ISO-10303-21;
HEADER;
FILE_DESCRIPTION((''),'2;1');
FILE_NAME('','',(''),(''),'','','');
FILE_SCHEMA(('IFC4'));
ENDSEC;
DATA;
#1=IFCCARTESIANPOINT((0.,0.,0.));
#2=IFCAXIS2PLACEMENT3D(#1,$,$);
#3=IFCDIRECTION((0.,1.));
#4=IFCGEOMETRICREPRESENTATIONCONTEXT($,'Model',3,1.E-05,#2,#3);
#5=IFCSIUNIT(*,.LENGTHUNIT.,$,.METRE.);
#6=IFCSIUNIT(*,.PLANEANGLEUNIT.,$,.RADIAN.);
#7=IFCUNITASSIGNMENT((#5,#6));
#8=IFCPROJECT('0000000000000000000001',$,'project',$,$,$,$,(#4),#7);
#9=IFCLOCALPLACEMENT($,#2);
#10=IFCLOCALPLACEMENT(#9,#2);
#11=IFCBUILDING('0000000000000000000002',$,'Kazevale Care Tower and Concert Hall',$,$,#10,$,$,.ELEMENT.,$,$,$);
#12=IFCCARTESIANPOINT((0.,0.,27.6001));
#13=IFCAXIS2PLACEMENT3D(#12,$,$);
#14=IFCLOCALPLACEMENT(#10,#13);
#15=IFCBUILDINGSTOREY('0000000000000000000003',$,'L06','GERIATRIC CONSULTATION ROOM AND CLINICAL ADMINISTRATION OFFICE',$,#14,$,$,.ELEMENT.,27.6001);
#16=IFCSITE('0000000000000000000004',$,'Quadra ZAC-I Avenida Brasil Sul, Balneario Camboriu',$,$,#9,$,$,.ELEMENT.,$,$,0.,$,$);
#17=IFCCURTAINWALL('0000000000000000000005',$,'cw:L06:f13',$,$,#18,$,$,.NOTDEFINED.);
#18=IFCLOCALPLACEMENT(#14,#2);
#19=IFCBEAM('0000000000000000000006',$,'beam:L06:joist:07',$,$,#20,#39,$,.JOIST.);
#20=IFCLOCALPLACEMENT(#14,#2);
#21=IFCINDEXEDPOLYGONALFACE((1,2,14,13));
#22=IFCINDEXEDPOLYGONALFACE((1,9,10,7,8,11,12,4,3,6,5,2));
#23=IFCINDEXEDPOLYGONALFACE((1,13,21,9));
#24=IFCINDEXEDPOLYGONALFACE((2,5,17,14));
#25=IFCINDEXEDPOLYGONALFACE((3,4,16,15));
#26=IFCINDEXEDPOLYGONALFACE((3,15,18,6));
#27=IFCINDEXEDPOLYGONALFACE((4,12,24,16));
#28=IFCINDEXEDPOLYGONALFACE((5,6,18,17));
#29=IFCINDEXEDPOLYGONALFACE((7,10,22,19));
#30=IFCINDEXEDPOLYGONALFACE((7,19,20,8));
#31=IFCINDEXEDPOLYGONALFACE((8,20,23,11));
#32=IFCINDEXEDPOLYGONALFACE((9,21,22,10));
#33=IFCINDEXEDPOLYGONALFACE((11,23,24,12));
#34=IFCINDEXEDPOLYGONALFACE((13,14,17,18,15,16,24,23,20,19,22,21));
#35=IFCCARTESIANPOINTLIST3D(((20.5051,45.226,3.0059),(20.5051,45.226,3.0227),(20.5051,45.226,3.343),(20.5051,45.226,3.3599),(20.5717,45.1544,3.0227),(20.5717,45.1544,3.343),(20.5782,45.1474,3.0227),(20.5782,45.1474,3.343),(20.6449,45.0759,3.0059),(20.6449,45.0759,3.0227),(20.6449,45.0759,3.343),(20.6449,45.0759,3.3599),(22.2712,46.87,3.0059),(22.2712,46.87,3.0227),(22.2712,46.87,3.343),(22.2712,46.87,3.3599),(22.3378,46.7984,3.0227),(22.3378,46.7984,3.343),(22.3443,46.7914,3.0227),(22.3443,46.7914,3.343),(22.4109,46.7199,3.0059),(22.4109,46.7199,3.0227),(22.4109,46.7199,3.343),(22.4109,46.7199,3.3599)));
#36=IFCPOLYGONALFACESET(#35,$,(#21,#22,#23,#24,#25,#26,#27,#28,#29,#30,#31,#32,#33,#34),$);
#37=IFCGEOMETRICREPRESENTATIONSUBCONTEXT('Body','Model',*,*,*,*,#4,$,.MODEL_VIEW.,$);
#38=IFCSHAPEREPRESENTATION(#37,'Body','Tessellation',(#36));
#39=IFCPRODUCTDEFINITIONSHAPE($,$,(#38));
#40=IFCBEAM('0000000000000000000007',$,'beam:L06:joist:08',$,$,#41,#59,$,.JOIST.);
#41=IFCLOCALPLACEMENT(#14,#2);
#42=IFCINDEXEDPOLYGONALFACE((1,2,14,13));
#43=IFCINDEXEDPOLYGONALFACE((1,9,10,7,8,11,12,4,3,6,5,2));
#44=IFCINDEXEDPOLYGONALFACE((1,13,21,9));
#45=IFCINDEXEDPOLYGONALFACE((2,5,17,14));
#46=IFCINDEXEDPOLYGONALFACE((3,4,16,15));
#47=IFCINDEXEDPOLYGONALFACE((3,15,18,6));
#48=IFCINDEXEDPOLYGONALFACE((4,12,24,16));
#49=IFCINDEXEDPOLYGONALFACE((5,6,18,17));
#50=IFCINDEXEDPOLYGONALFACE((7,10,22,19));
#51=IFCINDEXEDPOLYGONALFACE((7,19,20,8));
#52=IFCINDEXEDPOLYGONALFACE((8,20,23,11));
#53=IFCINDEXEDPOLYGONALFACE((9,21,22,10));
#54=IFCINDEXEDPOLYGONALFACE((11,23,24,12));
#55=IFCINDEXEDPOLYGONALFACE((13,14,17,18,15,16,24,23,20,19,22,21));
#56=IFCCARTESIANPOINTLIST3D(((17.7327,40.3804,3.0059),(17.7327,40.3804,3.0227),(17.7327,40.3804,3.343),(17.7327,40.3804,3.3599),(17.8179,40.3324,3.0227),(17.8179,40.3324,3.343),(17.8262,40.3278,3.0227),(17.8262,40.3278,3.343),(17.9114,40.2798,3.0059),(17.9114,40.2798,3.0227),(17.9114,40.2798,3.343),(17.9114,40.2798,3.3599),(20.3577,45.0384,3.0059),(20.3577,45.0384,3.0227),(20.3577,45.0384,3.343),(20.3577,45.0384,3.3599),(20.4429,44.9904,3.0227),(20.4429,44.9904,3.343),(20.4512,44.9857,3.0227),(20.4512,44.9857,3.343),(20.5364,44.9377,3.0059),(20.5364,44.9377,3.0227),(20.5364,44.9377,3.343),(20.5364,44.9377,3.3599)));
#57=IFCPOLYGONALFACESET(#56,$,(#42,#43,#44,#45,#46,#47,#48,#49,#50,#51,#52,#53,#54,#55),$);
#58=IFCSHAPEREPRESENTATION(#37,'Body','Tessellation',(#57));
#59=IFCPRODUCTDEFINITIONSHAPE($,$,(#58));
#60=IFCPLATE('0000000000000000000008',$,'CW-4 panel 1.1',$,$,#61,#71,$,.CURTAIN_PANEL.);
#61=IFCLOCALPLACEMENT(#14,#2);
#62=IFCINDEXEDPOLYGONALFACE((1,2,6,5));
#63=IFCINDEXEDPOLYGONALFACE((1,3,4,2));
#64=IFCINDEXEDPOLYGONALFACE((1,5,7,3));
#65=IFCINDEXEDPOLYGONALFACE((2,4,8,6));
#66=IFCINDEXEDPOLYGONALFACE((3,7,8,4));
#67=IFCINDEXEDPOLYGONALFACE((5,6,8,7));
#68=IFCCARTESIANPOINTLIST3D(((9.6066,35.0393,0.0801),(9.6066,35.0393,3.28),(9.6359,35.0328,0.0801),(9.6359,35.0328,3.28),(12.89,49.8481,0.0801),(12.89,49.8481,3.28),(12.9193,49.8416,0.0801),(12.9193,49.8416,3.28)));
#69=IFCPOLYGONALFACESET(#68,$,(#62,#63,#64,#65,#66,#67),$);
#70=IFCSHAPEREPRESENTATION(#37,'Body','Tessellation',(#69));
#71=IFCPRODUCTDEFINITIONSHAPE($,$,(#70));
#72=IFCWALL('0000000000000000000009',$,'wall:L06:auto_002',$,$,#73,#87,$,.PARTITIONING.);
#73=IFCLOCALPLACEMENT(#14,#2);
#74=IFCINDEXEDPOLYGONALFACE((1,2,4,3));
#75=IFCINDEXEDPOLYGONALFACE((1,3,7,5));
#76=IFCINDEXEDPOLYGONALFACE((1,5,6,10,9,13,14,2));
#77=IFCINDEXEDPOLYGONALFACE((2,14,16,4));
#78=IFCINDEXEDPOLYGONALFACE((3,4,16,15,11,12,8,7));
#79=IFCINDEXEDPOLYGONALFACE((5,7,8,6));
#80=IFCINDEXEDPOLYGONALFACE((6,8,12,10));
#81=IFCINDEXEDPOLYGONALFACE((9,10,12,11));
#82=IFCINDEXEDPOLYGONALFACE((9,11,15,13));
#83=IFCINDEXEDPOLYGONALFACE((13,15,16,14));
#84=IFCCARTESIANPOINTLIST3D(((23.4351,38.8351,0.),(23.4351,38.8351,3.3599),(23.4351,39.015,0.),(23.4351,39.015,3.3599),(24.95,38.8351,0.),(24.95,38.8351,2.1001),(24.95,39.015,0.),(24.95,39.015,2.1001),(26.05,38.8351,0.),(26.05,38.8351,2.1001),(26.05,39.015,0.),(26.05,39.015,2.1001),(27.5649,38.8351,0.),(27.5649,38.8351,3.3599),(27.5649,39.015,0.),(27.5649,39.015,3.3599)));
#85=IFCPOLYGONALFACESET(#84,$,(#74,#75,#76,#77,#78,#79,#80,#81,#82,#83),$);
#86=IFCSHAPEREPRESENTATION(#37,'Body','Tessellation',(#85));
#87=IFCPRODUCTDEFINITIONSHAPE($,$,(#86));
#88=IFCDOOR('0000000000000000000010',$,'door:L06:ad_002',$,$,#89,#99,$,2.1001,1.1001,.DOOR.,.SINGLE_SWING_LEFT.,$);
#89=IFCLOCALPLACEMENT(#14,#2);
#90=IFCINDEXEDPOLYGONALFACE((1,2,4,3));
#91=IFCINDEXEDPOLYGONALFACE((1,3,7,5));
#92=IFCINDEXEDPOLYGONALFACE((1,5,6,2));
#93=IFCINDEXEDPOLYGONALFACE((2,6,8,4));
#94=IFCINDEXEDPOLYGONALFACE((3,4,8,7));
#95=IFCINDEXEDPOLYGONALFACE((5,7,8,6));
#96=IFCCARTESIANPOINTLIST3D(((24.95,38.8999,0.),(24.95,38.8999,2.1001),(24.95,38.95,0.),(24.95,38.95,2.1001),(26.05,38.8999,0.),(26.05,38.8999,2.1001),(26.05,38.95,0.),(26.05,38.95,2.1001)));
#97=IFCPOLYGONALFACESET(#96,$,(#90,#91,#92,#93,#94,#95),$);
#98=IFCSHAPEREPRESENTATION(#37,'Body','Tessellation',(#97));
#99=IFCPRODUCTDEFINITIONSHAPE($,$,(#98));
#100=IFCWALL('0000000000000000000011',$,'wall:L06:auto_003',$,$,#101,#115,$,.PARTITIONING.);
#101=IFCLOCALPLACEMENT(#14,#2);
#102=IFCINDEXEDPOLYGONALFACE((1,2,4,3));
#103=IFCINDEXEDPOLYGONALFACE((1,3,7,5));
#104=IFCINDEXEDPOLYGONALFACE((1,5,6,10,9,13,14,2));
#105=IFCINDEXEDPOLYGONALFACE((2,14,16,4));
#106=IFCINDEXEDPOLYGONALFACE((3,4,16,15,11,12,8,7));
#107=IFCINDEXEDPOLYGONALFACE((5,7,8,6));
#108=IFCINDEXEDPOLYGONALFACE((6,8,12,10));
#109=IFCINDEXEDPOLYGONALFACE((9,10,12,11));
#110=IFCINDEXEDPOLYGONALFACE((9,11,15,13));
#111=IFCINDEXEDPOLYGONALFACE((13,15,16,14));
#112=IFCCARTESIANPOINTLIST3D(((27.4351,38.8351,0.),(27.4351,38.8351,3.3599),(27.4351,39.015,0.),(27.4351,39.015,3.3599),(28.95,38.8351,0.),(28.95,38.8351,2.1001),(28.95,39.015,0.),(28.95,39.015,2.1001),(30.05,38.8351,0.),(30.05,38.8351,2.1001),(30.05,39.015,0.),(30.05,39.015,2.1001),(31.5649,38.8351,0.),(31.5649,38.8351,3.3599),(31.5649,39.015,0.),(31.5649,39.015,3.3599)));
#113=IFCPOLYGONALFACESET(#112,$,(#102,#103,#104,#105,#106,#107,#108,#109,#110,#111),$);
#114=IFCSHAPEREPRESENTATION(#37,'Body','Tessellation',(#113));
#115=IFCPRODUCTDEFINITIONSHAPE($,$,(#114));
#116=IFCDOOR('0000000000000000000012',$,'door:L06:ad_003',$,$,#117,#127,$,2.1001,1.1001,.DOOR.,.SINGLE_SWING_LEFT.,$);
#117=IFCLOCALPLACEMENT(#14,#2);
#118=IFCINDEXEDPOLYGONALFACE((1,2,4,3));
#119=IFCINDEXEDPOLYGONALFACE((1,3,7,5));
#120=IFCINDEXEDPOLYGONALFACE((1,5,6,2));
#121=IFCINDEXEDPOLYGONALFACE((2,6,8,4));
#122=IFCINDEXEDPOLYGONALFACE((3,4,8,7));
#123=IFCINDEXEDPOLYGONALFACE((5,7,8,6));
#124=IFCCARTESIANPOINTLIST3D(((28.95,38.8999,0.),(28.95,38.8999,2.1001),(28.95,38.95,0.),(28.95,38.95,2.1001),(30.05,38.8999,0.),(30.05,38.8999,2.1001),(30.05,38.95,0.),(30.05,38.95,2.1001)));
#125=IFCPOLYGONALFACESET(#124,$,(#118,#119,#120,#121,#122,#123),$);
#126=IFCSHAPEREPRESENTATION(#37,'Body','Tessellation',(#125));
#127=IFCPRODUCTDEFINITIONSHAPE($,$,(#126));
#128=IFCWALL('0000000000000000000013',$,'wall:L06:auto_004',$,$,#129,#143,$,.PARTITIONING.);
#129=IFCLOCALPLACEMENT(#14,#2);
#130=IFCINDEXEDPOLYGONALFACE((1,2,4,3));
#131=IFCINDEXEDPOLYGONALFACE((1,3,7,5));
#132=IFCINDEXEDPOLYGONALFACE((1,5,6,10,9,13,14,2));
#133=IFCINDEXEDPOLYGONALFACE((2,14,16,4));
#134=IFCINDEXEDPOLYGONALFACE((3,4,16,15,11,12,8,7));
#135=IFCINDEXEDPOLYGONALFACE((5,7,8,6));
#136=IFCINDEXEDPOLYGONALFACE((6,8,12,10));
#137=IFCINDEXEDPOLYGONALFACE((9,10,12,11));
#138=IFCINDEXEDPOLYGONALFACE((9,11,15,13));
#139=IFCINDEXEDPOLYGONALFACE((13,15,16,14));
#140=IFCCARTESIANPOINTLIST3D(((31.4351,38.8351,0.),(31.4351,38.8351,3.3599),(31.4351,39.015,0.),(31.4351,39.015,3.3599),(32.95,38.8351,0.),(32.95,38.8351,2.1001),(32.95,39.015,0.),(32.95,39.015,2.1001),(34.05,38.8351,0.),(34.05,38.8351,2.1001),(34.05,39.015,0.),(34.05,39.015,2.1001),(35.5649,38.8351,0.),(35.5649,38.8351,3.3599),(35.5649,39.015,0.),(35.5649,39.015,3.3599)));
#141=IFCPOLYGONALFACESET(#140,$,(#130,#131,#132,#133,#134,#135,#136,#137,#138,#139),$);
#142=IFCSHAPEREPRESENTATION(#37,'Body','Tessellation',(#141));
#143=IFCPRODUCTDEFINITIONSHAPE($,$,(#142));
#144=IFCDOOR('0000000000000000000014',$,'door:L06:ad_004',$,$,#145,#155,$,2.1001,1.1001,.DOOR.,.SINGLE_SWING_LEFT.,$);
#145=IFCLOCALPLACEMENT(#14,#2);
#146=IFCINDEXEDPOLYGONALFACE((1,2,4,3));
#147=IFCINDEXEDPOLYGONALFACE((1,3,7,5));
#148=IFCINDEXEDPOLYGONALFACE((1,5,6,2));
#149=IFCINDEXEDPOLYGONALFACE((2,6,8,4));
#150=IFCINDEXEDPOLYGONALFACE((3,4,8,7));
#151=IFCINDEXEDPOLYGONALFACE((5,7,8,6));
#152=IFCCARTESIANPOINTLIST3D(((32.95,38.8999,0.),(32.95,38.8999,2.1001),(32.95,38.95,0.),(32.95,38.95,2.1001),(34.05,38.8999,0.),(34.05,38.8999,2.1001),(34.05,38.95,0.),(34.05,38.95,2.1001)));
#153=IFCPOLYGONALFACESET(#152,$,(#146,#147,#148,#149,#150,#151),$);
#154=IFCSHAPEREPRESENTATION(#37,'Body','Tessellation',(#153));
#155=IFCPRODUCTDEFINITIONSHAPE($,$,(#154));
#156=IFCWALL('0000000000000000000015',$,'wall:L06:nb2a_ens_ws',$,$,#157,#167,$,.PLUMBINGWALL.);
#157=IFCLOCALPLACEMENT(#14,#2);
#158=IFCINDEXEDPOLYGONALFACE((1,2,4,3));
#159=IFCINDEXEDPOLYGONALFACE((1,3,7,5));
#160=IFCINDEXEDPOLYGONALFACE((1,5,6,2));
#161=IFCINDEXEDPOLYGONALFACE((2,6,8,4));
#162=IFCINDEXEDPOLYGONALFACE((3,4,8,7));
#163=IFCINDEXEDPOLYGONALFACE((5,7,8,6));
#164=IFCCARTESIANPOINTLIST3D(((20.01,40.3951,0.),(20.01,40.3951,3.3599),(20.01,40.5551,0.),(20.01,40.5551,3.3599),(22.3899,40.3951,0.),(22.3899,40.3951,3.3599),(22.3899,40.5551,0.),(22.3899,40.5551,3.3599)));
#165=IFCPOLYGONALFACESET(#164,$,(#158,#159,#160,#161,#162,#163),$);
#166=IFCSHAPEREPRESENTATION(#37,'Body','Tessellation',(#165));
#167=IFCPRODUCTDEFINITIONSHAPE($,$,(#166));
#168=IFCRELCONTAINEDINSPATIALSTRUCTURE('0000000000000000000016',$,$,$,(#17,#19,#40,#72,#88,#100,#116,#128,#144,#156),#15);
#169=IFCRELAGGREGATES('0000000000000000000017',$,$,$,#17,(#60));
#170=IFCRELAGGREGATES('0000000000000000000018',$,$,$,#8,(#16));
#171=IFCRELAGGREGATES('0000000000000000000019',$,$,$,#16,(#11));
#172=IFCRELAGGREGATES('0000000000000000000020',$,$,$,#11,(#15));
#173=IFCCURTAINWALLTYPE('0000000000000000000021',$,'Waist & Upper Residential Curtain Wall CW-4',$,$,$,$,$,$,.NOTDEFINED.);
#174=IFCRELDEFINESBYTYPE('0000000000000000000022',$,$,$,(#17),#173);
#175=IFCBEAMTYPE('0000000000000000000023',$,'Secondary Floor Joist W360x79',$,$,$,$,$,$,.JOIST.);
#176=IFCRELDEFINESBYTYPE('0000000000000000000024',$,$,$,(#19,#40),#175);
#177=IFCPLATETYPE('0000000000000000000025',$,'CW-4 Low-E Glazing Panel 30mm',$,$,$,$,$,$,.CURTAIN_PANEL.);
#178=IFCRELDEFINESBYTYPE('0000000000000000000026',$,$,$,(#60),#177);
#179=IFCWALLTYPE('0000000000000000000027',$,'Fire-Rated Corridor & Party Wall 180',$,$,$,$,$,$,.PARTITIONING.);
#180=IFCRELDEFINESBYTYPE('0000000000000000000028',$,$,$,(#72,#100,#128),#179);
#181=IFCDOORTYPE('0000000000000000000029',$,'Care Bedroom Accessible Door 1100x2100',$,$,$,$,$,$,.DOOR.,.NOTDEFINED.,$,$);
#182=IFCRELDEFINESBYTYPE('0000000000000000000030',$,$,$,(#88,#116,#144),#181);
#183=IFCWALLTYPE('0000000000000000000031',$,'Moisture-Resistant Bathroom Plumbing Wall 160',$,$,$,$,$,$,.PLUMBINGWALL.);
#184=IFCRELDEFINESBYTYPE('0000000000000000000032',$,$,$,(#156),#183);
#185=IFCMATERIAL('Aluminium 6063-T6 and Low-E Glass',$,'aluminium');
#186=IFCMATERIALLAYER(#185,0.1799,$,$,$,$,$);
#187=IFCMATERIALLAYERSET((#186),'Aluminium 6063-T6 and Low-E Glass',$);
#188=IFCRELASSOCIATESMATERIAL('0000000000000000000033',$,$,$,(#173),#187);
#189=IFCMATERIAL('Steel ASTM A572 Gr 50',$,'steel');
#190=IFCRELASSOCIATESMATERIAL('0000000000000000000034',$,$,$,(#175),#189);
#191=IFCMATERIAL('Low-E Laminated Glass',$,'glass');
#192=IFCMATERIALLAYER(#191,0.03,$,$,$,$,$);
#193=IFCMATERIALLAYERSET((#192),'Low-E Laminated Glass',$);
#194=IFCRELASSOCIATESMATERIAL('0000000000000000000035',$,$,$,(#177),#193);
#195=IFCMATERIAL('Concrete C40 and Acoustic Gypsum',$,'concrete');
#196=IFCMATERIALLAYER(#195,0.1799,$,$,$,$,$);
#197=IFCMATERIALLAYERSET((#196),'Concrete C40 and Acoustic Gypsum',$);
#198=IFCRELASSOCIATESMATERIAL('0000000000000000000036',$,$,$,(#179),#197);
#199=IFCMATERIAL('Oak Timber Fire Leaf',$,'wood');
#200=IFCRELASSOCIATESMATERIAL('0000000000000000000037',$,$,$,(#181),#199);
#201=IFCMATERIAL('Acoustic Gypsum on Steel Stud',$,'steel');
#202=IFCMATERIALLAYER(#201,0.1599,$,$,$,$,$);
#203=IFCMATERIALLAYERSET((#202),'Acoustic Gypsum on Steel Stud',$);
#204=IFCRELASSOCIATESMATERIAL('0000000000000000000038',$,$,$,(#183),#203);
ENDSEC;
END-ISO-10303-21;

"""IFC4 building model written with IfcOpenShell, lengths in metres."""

from ifc_helpers import new_model, si_unit, direction, frame, frame_2d, origin, origin_2d, place, context, subcontext, project, spatial, rectangle, i_section, extrude, material, layer, layer_set, material_profile, profile_set, type_object, element, fill, aggregate, save


model = new_model("IFC4")

# Units and contexts
model_context = context("Model", 3, precision=1e-05, world=origin(), true_north=direction((0.0, 1.0)))
body_context = subcontext(model_context, "Body", "Model", "MODEL_VIEW")
ifc_project = project(units=[si_unit("LENGTHUNIT", "METRE"), si_unit("PLANEANGLEUNIT", "RADIAN")], contexts=[model_context])

# Site, building, storey
site_placement = place(None, origin())
site = spatial("IfcSite", under=ifc_project, at=site_placement, Name="Quadra ZAC-I Avenida Brasil Sul, Balneario Camboriu", CompositionType="ELEMENT", RefElevation=0.0)
building_placement = place(site_placement, origin())
building = spatial("IfcBuilding", under=site, at=building_placement, Name="Kazevale Care Tower and Concert Hall", CompositionType="ELEMENT")
storey_placement = place(building_placement, frame((0.0, 0.0, 27.6001)))
storey = spatial("IfcBuildingStorey", under=building, at=storey_placement, Name="L06", Description="GERIATRIC CONSULTATION ROOM AND CLINICAL ADMINISTRATION OFFICE", CompositionType="ELEMENT", Elevation=27.6001)

# Shared definitions
ifc_material_1 = material(Name="Aluminium 6063-T6 and Low-E Glass", Category="aluminium")

# Curtain wall
ifc_layer_1 = layer(ifc_material_1, 0.1799)
ifc_layer_set_1 = layer_set([ifc_layer_1], Name="Aluminium 6063-T6 and Low-E Glass")
curtain_wall_type_1 = type_object("IfcCurtainWallType", Name="Waist & Upper Residential Curtain Wall CW-4", PredefinedType="NOTDEFINED", material=ifc_layer_set_1)
curtain_wall_1_placement = place(storey_placement, origin())
curtain_wall_1 = element("IfcCurtainWall", 1, at=curtain_wall_1_placement, inside=storey, type_object=curtain_wall_type_1, Name="cw:L06:f13", PredefinedType="NOTDEFINED")

# Beams
ifc_material_2 = material(Name="Steel ASTM A572 Gr 50", Category="steel")
ifc_material_profile_1 = material_profile(ifc_material_2, i_section(OverallWidth=0.2051, OverallDepth=0.354, WebThickness=0.0095, FlangeThickness=0.0168, at=origin_2d()), Name="W360x79")
ifc_profile_set_1 = profile_set([ifc_material_profile_1], Name="Steel ASTM A572 Gr 50")
beam_type_1 = type_object("IfcBeamType", Name="Secondary Floor Joist W360x79", PredefinedType="JOIST", material=ifc_profile_set_1)
beam_1_placement = place(storey_placement, frame((22.3411, 46.7949, 3.1829), z_axis=(-0.73195, -0.681359, 0.0), x_axis=(0.681359, -0.73195, 0.0)))
element("IfcBeam", 2, at=beam_1_placement, inside=storey, type_object=beam_type_1, Name="beam:L06:joist:07", PredefinedType="JOIST", context=body_context, shape_type="SweptSolid", body=[
    extrude(i_section(OverallWidth=0.2051, OverallDepth=0.354, WebThickness=0.0095, FlangeThickness=0.0168, at=origin_2d()), origin(), (0.0, 0.0, 1.0), 2.4128),
])
beam_2_placement = place(storey_placement, frame((20.447, 44.988, 3.1829), z_axis=(-0.490957, -0.871184, 0.0), x_axis=(0.871184, -0.490957, 0.0)))
element("IfcBeam", 3, at=beam_2_placement, inside=storey, type_object=beam_type_1, Name="beam:L06:joist:08", PredefinedType="JOIST", context=body_context, shape_type="SweptSolid", body=[
    extrude(i_section(OverallWidth=0.2051, OverallDepth=0.354, WebThickness=0.0095, FlangeThickness=0.0168, at=origin_2d()), origin(), (0.0, 0.0, 1.0), 5.3467),
])

# Plate
ifc_material_3 = material(Name="Low-E Laminated Glass", Category="glass")
ifc_layer_2 = layer(ifc_material_3, 0.03)
ifc_layer_set_2 = layer_set([ifc_layer_2], Name="Low-E Laminated Glass")
plate_type = type_object("IfcPlateType", Name="CW-4 Low-E Glazing Panel 30mm", PredefinedType="CURTAIN_PANEL", material=ifc_layer_set_2)
plate_placement = place(storey_placement, frame((11.2629, 42.4404, 0.0801), z_axis=(0.0, 0.0, 1.0), x_axis=(0.216461, 0.976291, 0.0)))
plate = element("IfcPlate", 4, at=plate_placement, type_object=plate_type, Name="CW-4 panel 1.1", PredefinedType="CURTAIN_PANEL", context=body_context, shape_type="SweptSolid", body=[
    extrude(rectangle(XDim=15.1685, YDim=0.03, at=origin_2d()), origin(), (0.0, 0.0, 1.0), 3.2),
])
aggregate(curtain_wall_1, [plate])

# Walls, openings, doors
ifc_material_4 = material(Name="Concrete C40 and Acoustic Gypsum", Category="concrete")
ifc_layer_3 = layer(ifc_material_4, 0.1799)
ifc_layer_set_3 = layer_set([ifc_layer_3], Name="Concrete C40 and Acoustic Gypsum")
wall_type_1 = type_object("IfcWallType", Name="Fire-Rated Corridor & Party Wall 180", PredefinedType="PARTITIONING", material=ifc_layer_set_3)
wall_1_placement = place(storey_placement, frame((23.4351, 38.925, 0.0), z_axis=(0.0, 0.0, 1.0), x_axis=(1.0, 0.0, 0.0)))
wall_1 = element("IfcWall", 5, at=wall_1_placement, inside=storey, type_object=wall_type_1, Name="wall:L06:auto_002", PredefinedType="PARTITIONING", context=body_context, shape_type="SweptSolid", body=[
    extrude(rectangle(XDim=4.1299, YDim=0.1799, at=frame_2d((2.0649, 0.0))), origin(), (0.0, 0.0, 1.0), 3.3599),
])
opening_1_placement = place(wall_1_placement, frame((1.5149, 0.0, 0.0)))
opening_1 = element("IfcOpeningElement", 6, at=opening_1_placement, cuts=wall_1, PredefinedType="OPENING", context=body_context, shape_type="SweptSolid", body=[
    extrude(rectangle(XDim=1.1001, YDim=2.1001, at=frame_2d((0.55, 1.05))), frame((0.0, 0.0999, 0.0), z_axis=(0.0, -1.0, 0.0), x_axis=(1.0, 0.0, 0.0)), (0.0, 0.0, 1.0), 0.2),
])
ifc_material_5 = material(Name="Oak Timber Fire Leaf", Category="wood")
door_type_1 = type_object("IfcDoorType", Name="Care Bedroom Accessible Door 1100x2100", OperationType="NOTDEFINED", PredefinedType="DOOR", material=ifc_material_5)
door_1_placement = place(opening_1_placement, origin())
door_1 = element("IfcDoor", 7, at=door_1_placement, inside=storey, type_object=door_type_1, Name="door:L06:ad_002", OperationType="SINGLE_SWING_LEFT", OverallHeight=2.1001, OverallWidth=1.1001, PredefinedType="DOOR", context=body_context, shape_type="SweptSolid", body=[
    extrude(rectangle(XDim=1.1001, YDim=2.1001, at=frame_2d((0.55, 1.05))), frame((0.0, 0.0249, 0.0), z_axis=(0.0, -1.0, 0.0), x_axis=(1.0, 0.0, 0.0)), (0.0, 0.0, 1.0), 0.05),
])
fill(opening_1, door_1)
wall_2_placement = place(storey_placement, frame((27.4351, 38.925, 0.0), z_axis=(0.0, 0.0, 1.0), x_axis=(1.0, 0.0, 0.0)))
wall_2 = element("IfcWall", 8, at=wall_2_placement, inside=storey, type_object=wall_type_1, Name="wall:L06:auto_003", PredefinedType="PARTITIONING", context=body_context, shape_type="SweptSolid", body=[
    extrude(rectangle(XDim=4.1299, YDim=0.1799, at=frame_2d((2.0649, 0.0))), origin(), (0.0, 0.0, 1.0), 3.3599),
])
opening_2_placement = place(wall_2_placement, frame((1.5149, 0.0, 0.0)))
opening_2 = element("IfcOpeningElement", 9, at=opening_2_placement, cuts=wall_2, PredefinedType="OPENING", context=body_context, shape_type="SweptSolid", body=[
    extrude(rectangle(XDim=1.1001, YDim=2.1001, at=frame_2d((0.55, 1.05))), frame((0.0, 0.0999, 0.0), z_axis=(0.0, -1.0, 0.0), x_axis=(1.0, 0.0, 0.0)), (0.0, 0.0, 1.0), 0.2),
])
door_2_placement = place(opening_2_placement, origin())
door_2 = element("IfcDoor", 10, at=door_2_placement, inside=storey, type_object=door_type_1, Name="door:L06:ad_003", OperationType="SINGLE_SWING_LEFT", OverallHeight=2.1001, OverallWidth=1.1001, PredefinedType="DOOR", context=body_context, shape_type="SweptSolid", body=[
    extrude(rectangle(XDim=1.1001, YDim=2.1001, at=frame_2d((0.55, 1.05))), frame((0.0, 0.0249, 0.0), z_axis=(0.0, -1.0, 0.0), x_axis=(1.0, 0.0, 0.0)), (0.0, 0.0, 1.0), 0.05),
])
fill(opening_2, door_2)
wall_3_placement = place(storey_placement, frame((31.4351, 38.925, 0.0), z_axis=(0.0, 0.0, 1.0), x_axis=(1.0, 0.0, 0.0)))
wall_3 = element("IfcWall", 11, at=wall_3_placement, inside=storey, type_object=wall_type_1, Name="wall:L06:auto_004", PredefinedType="PARTITIONING", context=body_context, shape_type="SweptSolid", body=[
    extrude(rectangle(XDim=4.1299, YDim=0.1799, at=frame_2d((2.0649, 0.0))), origin(), (0.0, 0.0, 1.0), 3.3599),
])
opening_3_placement = place(wall_3_placement, frame((1.5149, 0.0, 0.0)))
opening_3 = element("IfcOpeningElement", 12, at=opening_3_placement, cuts=wall_3, PredefinedType="OPENING", context=body_context, shape_type="SweptSolid", body=[
    extrude(rectangle(XDim=1.1001, YDim=2.1001, at=frame_2d((0.55, 1.05))), frame((0.0, 0.0999, 0.0), z_axis=(0.0, -1.0, 0.0), x_axis=(1.0, 0.0, 0.0)), (0.0, 0.0, 1.0), 0.2),
])
door_3_placement = place(opening_3_placement, origin())
door_3 = element("IfcDoor", 13, at=door_3_placement, inside=storey, type_object=door_type_1, Name="door:L06:ad_004", OperationType="SINGLE_SWING_LEFT", OverallHeight=2.1001, OverallWidth=1.1001, PredefinedType="DOOR", context=body_context, shape_type="SweptSolid", body=[
    extrude(rectangle(XDim=1.1001, YDim=2.1001, at=frame_2d((0.55, 1.05))), frame((0.0, 0.0249, 0.0), z_axis=(0.0, -1.0, 0.0), x_axis=(1.0, 0.0, 0.0)), (0.0, 0.0, 1.0), 0.05),
])
fill(opening_3, door_3)

# Wall
ifc_material_6 = material(Name="Acoustic Gypsum on Steel Stud", Category="steel")
ifc_layer_4 = layer(ifc_material_6, 0.1599)
ifc_layer_set_4 = layer_set([ifc_layer_4], Name="Acoustic Gypsum on Steel Stud")
wall_type_2 = type_object("IfcWallType", Name="Moisture-Resistant Bathroom Plumbing Wall 160", PredefinedType="PLUMBINGWALL", material=ifc_layer_set_4)
wall_4_placement = place(storey_placement, frame((20.01, 40.4751, 0.0), z_axis=(0.0, 0.0, 1.0), x_axis=(1.0, 0.0, 0.0)))
element("IfcWall", 14, at=wall_4_placement, inside=storey, type_object=wall_type_2, Name="wall:L06:nb2a_ens_ws", PredefinedType="PLUMBINGWALL", context=body_context, shape_type="SweptSolid", body=[
    extrude(rectangle(XDim=2.3799, YDim=0.1599, at=frame_2d((1.1899, 0.0))), origin(), (0.0, 0.0, 1.0), 3.3599),
])

save(model, "model.ifc")
